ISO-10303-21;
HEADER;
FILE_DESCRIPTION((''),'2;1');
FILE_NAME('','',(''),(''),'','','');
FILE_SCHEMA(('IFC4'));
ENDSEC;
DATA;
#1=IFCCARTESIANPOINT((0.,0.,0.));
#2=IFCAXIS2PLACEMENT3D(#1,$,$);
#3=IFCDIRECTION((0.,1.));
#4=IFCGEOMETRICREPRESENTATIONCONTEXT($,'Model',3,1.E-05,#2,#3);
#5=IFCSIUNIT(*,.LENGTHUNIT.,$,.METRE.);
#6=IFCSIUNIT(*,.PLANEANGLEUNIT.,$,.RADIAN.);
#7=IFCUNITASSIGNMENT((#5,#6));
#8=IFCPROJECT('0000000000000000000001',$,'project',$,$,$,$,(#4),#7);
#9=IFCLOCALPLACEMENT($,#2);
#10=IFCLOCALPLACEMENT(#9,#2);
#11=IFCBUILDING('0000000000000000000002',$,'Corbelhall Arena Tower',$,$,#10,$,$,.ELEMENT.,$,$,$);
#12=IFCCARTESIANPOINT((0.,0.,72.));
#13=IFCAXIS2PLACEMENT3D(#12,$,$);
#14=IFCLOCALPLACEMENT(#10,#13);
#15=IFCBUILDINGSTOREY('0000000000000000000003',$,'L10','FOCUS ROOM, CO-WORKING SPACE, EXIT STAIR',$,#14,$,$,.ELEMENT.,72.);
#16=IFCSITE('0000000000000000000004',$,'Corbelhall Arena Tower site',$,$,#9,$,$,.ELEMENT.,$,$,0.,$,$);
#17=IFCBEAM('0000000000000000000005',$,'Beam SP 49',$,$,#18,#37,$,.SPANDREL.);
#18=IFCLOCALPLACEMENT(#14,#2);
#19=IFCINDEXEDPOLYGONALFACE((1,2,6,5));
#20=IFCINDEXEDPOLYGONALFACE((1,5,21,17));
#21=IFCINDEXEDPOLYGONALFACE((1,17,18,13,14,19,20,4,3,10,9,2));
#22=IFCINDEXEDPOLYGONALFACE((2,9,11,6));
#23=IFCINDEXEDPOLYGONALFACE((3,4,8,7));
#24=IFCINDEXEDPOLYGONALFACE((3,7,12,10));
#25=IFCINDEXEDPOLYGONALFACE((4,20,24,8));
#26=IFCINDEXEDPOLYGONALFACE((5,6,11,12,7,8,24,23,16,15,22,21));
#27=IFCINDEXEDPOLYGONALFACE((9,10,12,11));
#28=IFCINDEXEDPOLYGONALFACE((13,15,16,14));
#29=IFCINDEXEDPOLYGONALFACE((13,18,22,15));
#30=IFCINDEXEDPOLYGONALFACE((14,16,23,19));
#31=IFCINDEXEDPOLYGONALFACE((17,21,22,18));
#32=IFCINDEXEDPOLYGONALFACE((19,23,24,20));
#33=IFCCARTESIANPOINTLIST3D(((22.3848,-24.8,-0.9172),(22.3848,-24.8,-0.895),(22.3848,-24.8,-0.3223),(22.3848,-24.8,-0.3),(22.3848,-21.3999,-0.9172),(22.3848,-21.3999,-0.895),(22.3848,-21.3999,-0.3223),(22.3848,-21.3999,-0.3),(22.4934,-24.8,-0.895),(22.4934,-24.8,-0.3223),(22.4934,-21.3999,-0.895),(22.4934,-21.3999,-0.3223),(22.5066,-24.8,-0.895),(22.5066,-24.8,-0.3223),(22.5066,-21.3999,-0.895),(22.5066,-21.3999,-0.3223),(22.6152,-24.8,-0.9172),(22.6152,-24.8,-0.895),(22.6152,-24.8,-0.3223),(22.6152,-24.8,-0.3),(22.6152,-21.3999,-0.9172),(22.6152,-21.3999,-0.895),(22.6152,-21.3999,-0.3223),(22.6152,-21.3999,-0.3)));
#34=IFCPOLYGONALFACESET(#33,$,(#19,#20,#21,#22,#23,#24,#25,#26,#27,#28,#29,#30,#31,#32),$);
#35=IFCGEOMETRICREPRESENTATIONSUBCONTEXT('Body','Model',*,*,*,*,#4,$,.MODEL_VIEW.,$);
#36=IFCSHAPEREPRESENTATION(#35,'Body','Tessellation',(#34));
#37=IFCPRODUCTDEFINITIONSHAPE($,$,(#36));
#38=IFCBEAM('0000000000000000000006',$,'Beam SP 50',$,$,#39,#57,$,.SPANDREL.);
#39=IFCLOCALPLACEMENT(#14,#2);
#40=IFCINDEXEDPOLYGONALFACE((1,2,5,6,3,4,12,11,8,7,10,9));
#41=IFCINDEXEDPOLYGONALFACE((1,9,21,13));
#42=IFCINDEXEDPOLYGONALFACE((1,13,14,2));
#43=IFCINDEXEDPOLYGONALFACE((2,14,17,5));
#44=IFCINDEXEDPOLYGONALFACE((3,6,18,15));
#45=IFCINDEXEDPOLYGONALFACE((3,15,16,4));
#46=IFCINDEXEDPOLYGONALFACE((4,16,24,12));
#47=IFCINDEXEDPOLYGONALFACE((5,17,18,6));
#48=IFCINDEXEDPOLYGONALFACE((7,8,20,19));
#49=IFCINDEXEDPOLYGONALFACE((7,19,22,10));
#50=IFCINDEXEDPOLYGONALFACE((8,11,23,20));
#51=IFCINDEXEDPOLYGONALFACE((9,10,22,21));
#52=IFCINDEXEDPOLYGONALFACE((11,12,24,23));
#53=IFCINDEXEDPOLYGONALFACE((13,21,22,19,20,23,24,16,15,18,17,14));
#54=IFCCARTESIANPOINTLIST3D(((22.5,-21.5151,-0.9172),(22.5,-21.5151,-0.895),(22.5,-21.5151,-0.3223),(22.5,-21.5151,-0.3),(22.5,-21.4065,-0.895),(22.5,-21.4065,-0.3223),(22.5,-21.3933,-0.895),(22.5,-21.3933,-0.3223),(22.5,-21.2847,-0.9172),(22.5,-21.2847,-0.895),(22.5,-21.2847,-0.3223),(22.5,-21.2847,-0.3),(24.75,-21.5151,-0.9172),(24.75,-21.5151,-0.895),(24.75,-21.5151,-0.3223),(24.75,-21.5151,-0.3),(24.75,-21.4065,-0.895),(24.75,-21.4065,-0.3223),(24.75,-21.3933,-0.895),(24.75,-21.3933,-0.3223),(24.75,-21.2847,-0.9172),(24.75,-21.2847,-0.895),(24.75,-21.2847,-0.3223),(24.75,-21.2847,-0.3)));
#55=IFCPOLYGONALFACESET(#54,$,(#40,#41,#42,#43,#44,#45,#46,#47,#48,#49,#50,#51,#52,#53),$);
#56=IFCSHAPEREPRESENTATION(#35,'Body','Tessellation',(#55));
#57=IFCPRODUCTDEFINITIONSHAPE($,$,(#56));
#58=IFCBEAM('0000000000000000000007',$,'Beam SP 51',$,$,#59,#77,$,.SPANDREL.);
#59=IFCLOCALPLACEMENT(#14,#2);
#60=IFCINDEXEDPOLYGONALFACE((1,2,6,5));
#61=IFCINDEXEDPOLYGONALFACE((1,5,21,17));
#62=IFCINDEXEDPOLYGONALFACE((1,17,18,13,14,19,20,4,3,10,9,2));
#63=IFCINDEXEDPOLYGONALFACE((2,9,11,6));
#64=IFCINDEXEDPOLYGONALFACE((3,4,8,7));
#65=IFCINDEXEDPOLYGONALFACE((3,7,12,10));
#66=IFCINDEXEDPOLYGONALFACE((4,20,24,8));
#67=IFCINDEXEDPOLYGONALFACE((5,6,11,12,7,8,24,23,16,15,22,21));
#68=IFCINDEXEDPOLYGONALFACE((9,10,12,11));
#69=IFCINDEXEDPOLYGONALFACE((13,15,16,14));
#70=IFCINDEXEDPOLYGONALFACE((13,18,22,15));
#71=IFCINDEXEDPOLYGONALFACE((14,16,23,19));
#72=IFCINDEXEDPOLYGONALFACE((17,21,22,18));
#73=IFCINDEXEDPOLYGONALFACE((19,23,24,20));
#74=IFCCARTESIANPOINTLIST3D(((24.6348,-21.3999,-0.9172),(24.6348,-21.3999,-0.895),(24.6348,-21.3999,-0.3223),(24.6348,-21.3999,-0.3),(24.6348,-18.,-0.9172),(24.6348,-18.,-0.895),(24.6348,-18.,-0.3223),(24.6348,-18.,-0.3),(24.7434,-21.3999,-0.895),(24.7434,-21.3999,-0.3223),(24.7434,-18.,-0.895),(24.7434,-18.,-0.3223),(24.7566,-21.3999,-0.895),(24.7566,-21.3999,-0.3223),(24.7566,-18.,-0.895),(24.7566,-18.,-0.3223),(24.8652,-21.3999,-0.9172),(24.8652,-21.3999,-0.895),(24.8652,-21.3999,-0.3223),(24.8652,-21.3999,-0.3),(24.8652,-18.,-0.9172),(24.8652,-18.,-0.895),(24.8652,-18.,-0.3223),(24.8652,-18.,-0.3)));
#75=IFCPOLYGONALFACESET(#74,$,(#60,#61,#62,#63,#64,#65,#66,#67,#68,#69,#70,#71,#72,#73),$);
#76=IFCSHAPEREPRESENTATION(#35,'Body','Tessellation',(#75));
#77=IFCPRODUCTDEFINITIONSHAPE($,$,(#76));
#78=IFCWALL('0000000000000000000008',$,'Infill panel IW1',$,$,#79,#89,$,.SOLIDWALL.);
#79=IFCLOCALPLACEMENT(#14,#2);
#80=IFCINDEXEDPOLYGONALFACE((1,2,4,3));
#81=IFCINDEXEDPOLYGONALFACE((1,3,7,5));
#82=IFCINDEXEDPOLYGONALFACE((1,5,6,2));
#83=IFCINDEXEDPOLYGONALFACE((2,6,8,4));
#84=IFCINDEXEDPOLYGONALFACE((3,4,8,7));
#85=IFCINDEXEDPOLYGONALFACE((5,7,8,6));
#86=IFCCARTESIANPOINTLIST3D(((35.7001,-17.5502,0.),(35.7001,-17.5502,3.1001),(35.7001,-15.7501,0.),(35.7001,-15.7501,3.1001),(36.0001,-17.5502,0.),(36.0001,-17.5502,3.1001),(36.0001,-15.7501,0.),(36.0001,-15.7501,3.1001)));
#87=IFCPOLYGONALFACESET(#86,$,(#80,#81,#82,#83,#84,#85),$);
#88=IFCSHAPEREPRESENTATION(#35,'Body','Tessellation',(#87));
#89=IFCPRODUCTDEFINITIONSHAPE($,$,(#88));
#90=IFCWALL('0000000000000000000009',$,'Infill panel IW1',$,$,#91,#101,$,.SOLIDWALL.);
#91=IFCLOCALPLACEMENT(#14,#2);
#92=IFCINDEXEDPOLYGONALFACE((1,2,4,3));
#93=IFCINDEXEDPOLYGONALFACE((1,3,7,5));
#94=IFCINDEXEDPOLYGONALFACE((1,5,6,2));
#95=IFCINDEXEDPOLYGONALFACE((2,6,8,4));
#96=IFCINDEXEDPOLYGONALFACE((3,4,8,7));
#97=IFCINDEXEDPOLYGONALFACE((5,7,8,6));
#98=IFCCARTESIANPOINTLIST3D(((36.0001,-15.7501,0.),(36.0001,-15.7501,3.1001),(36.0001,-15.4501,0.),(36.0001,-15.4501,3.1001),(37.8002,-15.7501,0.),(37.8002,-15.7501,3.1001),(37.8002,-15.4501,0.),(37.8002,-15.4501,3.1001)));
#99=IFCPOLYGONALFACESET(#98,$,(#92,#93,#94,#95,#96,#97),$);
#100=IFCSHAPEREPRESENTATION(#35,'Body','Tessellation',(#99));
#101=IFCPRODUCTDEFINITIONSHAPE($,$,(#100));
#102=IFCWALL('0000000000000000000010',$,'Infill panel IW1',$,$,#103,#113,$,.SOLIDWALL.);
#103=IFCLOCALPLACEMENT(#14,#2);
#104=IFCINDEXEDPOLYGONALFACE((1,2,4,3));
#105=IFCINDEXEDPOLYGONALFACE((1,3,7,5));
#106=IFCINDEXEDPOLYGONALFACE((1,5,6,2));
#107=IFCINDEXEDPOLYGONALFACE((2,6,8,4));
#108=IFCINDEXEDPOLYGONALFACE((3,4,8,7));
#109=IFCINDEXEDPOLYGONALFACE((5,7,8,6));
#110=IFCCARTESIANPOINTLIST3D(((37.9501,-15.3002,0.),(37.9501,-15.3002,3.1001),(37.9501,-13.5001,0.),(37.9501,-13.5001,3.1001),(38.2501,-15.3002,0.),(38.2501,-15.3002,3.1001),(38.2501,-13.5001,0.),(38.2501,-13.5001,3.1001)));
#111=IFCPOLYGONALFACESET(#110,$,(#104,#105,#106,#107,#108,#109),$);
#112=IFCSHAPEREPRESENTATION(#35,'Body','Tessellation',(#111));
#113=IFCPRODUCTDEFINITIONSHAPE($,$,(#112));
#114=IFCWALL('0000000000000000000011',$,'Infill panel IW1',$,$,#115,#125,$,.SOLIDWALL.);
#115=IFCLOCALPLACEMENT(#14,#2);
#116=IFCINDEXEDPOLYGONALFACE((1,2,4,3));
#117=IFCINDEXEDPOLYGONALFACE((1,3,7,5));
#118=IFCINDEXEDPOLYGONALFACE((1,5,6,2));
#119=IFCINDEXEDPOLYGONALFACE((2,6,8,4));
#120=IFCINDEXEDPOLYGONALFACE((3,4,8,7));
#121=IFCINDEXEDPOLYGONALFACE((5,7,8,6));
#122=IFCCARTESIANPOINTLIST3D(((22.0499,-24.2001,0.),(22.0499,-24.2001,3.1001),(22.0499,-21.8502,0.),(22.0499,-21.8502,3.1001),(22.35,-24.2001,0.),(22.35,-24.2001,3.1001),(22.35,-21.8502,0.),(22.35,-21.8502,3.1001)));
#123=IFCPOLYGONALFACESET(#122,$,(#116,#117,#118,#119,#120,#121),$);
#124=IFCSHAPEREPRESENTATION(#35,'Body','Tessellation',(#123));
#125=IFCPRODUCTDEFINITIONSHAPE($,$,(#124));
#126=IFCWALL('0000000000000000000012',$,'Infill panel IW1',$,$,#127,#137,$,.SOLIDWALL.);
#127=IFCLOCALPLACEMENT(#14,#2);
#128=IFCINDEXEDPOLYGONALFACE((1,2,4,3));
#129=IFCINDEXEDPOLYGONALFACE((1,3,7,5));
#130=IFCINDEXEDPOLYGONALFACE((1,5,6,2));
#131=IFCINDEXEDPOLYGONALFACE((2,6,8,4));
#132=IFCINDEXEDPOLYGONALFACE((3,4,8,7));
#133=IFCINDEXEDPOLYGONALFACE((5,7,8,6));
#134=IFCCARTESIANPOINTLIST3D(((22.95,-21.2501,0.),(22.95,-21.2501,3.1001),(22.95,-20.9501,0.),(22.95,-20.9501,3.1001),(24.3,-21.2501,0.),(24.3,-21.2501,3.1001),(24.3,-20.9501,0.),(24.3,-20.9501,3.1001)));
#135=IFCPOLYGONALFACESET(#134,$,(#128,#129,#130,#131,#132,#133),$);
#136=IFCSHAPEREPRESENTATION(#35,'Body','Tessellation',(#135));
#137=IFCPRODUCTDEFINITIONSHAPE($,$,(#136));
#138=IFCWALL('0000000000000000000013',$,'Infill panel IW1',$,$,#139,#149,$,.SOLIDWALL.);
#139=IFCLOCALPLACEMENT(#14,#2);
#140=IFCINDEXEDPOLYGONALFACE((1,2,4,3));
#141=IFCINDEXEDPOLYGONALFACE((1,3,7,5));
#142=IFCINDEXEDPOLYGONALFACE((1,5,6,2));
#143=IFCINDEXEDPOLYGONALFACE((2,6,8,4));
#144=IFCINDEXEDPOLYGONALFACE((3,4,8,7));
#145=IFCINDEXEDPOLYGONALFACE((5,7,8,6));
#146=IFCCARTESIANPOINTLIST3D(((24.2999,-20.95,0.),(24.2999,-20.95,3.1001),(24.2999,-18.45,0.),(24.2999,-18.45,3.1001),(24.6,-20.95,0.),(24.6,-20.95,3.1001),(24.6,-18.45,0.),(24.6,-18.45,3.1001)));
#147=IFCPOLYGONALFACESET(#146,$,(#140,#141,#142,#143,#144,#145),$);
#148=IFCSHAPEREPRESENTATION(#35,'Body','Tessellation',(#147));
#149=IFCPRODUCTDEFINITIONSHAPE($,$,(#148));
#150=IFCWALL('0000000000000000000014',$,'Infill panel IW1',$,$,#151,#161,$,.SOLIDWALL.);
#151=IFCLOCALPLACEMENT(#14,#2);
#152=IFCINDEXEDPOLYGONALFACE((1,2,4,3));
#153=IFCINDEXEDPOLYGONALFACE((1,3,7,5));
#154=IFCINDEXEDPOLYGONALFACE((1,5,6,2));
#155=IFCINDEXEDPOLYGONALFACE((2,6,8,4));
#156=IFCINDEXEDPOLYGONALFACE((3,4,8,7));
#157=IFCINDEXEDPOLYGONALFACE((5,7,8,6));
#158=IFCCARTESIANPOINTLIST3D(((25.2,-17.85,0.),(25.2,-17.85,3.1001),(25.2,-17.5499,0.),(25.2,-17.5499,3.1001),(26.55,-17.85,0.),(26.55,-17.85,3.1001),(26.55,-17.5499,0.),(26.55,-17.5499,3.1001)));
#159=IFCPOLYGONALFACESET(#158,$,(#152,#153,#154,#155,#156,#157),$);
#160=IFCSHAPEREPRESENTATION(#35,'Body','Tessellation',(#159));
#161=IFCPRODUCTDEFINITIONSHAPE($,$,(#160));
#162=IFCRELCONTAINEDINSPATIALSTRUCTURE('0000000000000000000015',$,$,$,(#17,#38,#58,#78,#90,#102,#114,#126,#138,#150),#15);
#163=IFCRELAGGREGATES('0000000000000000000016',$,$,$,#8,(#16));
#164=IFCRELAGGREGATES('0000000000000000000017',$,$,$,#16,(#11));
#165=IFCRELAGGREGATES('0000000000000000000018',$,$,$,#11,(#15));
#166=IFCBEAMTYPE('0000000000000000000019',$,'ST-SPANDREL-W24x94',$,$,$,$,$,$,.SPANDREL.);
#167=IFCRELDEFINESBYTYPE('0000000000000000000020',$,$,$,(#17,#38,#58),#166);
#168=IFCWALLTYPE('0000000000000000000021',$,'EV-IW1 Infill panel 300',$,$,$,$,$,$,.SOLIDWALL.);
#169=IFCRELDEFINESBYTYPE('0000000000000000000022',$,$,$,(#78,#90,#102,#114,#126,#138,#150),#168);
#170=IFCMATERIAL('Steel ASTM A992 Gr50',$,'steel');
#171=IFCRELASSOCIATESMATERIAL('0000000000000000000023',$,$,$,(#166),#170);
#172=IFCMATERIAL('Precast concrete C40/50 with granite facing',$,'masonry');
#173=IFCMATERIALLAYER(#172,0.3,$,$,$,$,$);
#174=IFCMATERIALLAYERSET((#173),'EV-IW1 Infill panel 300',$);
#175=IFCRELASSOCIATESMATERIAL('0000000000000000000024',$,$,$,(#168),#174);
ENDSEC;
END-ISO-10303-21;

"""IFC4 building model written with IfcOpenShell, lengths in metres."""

from ifc_helpers import new_model, si_unit, direction, frame, frame_2d, origin, origin_2d, place, context, subcontext, project, spatial, rectangle, i_section, extrude, material, layer, layer_set, material_profile, profile_set, type_object, element, save


model = new_model("IFC4")

# Units and contexts
model_context = context("Model", 3, precision=1e-05, world=origin(), true_north=direction((0.0, 1.0)))
body_context = subcontext(model_context, "Body", "Model", "MODEL_VIEW")
ifc_project = project(units=[si_unit("LENGTHUNIT", "METRE"), si_unit("PLANEANGLEUNIT", "RADIAN")], contexts=[model_context])

# Site, building, storey
site_placement = place(None, origin())
site = spatial("IfcSite", under=ifc_project, at=site_placement, Name="Corbelhall Arena Tower site", CompositionType="ELEMENT", RefElevation=0.0)
building_placement = place(site_placement, origin())
building = spatial("IfcBuilding", under=site, at=building_placement, Name="Corbelhall Arena Tower", CompositionType="ELEMENT")
storey_placement = place(building_placement, frame((0.0, 0.0, 72.0)))
storey = spatial("IfcBuildingStorey", under=building, at=storey_placement, Name="L10", Description="FOCUS ROOM, CO-WORKING SPACE, EXIT STAIR", CompositionType="ELEMENT", Elevation=72.0)

# Beams
ifc_material_1 = material(Name="Steel ASTM A992 Gr50", Category="steel")
ifc_material_profile_1 = material_profile(ifc_material_1, i_section(OverallWidth=0.2305, OverallDepth=0.6172, WebThickness=0.0132, FlangeThickness=0.0222, at=origin_2d()))
ifc_profile_set_1 = profile_set([ifc_material_profile_1], Name="Steel ASTM A992 Gr50")
beam_type = type_object("IfcBeamType", Name="ST-SPANDREL-W24x94", PredefinedType="SPANDREL", material=ifc_profile_set_1)
beam_1_placement = place(storey_placement, frame((22.5, -21.3999, -0.6086), z_axis=(0.0, -1.0, 0.0), x_axis=(1.0, 0.0, 0.0)))
element("IfcBeam", 1, at=beam_1_placement, inside=storey, type_object=beam_type, Name="Beam SP 49", PredefinedType="SPANDREL", context=body_context, shape_type="SweptSolid", body=[
    extrude(i_section(OverallWidth=0.2305, OverallDepth=0.6172, WebThickness=0.0132, FlangeThickness=0.0222, at=origin_2d()), origin(), (0.0, 0.0, 1.0), 3.4001),
])
beam_2_placement = place(storey_placement, frame((24.75, -21.3999, -0.6086), z_axis=(-1.0, 0.0, 0.0), x_axis=(0.0, -1.0, 0.0)))
element("IfcBeam", 2, at=beam_2_placement, inside=storey, type_object=beam_type, Name="Beam SP 50", PredefinedType="SPANDREL", context=body_context, shape_type="SweptSolid", body=[
    extrude(i_section(OverallWidth=0.2305, OverallDepth=0.6172, WebThickness=0.0132, FlangeThickness=0.0222, at=origin_2d()), origin(), (0.0, 0.0, 1.0), 2.25),
])
beam_3_placement = place(storey_placement, frame((24.75, -18.0, -0.6086), z_axis=(0.0, -1.0, 0.0), x_axis=(1.0, 0.0, 0.0)))
element("IfcBeam", 3, at=beam_3_placement, inside=storey, type_object=beam_type, Name="Beam SP 51", PredefinedType="SPANDREL", context=body_context, shape_type="SweptSolid", body=[
    extrude(i_section(OverallWidth=0.2305, OverallDepth=0.6172, WebThickness=0.0132, FlangeThickness=0.0222, at=origin_2d()), origin(), (0.0, 0.0, 1.0), 3.3999),
])

# Walls
ifc_material_2 = material(Name="Precast concrete C40/50 with granite facing", Category="masonry")
ifc_layer = layer(ifc_material_2, 0.3)
ifc_layer_set = layer_set([ifc_layer], Name="EV-IW1 Infill panel 300")
wall_type = type_object("IfcWallType", Name="EV-IW1 Infill panel 300", PredefinedType="SOLIDWALL", material=ifc_layer_set)
for number, where, z_axis, x_axis, name in (
    (4, (35.8501, -17.55, 0.0), (0.0, 0.0, 1.0), (0.0, 1.0, 0.0), "Infill panel IW1"),
    (5, (37.8, -15.6001, 0.0), (0.0, 0.0, 1.0), (-1.0, 0.0, 0.0), "Infill panel IW1"),
    (6, (38.1001, -15.3, 0.0), (0.0, 0.0, 1.0), (0.0, 1.0, 0.0), "Infill panel IW1"),
):
    element("IfcWall", number, at=place(storey_placement, frame(where, z_axis=z_axis, x_axis=x_axis)), inside=storey, type_object=wall_type, Name=name, PredefinedType="SOLIDWALL", context=body_context, shape_type="SweptSolid", body=[
        extrude(rectangle(XDim=1.8, YDim=0.3, at=frame_2d((0.8999, 0.0))), origin(), (0.0, 0.0, 1.0), 3.1001),
    ])

# Walls
wall_1_placement = place(storey_placement, frame((22.2, -24.2, 0.0), z_axis=(0.0, 0.0, 1.0), x_axis=(0.0, 1.0, 0.0)))
element("IfcWall", 7, at=wall_1_placement, inside=storey, type_object=wall_type, Name="Infill panel IW1", PredefinedType="SOLIDWALL", context=body_context, shape_type="SweptSolid", body=[
    extrude(rectangle(XDim=2.3499, YDim=0.3, at=frame_2d((1.1748, 0.0))), origin(), (0.0, 0.0, 1.0), 3.1001),
])
wall_2_placement = place(storey_placement, frame((22.95, -21.1001, 0.0), z_axis=(0.0, 0.0, 1.0), x_axis=(1.0, 0.0, 0.0)))
element("IfcWall", 8, at=wall_2_placement, inside=storey, type_object=wall_type, Name="Infill panel IW1", PredefinedType="SOLIDWALL", context=body_context, shape_type="SweptSolid", body=[
    extrude(rectangle(XDim=1.3501, YDim=0.3, at=frame_2d((0.675, 0.0))), origin(), (0.0, 0.0, 1.0), 3.1001),
])
wall_3_placement = place(storey_placement, frame((24.45, -20.95, 0.0), z_axis=(0.0, 0.0, 1.0), x_axis=(0.0, 1.0, 0.0)))
element("IfcWall", 9, at=wall_3_placement, inside=storey, type_object=wall_type, Name="Infill panel IW1", PredefinedType="SOLIDWALL", context=body_context, shape_type="SweptSolid", body=[
    extrude(rectangle(XDim=2.5, YDim=0.3, at=frame_2d((1.25, 0.0))), origin(), (0.0, 0.0, 1.0), 3.1001),
])
wall_4_placement = place(storey_placement, frame((25.2, -17.7, 0.0), z_axis=(0.0, 0.0, 1.0), x_axis=(1.0, 0.0, 0.0)))
element("IfcWall", 10, at=wall_4_placement, inside=storey, type_object=wall_type, Name="Infill panel IW1", PredefinedType="SOLIDWALL", context=body_context, shape_type="SweptSolid", body=[
    extrude(rectangle(XDim=1.3501, YDim=0.3, at=frame_2d((0.675, 0.0))), origin(), (0.0, 0.0, 1.0), 3.1001),
])

save(model, "model.ifc")
